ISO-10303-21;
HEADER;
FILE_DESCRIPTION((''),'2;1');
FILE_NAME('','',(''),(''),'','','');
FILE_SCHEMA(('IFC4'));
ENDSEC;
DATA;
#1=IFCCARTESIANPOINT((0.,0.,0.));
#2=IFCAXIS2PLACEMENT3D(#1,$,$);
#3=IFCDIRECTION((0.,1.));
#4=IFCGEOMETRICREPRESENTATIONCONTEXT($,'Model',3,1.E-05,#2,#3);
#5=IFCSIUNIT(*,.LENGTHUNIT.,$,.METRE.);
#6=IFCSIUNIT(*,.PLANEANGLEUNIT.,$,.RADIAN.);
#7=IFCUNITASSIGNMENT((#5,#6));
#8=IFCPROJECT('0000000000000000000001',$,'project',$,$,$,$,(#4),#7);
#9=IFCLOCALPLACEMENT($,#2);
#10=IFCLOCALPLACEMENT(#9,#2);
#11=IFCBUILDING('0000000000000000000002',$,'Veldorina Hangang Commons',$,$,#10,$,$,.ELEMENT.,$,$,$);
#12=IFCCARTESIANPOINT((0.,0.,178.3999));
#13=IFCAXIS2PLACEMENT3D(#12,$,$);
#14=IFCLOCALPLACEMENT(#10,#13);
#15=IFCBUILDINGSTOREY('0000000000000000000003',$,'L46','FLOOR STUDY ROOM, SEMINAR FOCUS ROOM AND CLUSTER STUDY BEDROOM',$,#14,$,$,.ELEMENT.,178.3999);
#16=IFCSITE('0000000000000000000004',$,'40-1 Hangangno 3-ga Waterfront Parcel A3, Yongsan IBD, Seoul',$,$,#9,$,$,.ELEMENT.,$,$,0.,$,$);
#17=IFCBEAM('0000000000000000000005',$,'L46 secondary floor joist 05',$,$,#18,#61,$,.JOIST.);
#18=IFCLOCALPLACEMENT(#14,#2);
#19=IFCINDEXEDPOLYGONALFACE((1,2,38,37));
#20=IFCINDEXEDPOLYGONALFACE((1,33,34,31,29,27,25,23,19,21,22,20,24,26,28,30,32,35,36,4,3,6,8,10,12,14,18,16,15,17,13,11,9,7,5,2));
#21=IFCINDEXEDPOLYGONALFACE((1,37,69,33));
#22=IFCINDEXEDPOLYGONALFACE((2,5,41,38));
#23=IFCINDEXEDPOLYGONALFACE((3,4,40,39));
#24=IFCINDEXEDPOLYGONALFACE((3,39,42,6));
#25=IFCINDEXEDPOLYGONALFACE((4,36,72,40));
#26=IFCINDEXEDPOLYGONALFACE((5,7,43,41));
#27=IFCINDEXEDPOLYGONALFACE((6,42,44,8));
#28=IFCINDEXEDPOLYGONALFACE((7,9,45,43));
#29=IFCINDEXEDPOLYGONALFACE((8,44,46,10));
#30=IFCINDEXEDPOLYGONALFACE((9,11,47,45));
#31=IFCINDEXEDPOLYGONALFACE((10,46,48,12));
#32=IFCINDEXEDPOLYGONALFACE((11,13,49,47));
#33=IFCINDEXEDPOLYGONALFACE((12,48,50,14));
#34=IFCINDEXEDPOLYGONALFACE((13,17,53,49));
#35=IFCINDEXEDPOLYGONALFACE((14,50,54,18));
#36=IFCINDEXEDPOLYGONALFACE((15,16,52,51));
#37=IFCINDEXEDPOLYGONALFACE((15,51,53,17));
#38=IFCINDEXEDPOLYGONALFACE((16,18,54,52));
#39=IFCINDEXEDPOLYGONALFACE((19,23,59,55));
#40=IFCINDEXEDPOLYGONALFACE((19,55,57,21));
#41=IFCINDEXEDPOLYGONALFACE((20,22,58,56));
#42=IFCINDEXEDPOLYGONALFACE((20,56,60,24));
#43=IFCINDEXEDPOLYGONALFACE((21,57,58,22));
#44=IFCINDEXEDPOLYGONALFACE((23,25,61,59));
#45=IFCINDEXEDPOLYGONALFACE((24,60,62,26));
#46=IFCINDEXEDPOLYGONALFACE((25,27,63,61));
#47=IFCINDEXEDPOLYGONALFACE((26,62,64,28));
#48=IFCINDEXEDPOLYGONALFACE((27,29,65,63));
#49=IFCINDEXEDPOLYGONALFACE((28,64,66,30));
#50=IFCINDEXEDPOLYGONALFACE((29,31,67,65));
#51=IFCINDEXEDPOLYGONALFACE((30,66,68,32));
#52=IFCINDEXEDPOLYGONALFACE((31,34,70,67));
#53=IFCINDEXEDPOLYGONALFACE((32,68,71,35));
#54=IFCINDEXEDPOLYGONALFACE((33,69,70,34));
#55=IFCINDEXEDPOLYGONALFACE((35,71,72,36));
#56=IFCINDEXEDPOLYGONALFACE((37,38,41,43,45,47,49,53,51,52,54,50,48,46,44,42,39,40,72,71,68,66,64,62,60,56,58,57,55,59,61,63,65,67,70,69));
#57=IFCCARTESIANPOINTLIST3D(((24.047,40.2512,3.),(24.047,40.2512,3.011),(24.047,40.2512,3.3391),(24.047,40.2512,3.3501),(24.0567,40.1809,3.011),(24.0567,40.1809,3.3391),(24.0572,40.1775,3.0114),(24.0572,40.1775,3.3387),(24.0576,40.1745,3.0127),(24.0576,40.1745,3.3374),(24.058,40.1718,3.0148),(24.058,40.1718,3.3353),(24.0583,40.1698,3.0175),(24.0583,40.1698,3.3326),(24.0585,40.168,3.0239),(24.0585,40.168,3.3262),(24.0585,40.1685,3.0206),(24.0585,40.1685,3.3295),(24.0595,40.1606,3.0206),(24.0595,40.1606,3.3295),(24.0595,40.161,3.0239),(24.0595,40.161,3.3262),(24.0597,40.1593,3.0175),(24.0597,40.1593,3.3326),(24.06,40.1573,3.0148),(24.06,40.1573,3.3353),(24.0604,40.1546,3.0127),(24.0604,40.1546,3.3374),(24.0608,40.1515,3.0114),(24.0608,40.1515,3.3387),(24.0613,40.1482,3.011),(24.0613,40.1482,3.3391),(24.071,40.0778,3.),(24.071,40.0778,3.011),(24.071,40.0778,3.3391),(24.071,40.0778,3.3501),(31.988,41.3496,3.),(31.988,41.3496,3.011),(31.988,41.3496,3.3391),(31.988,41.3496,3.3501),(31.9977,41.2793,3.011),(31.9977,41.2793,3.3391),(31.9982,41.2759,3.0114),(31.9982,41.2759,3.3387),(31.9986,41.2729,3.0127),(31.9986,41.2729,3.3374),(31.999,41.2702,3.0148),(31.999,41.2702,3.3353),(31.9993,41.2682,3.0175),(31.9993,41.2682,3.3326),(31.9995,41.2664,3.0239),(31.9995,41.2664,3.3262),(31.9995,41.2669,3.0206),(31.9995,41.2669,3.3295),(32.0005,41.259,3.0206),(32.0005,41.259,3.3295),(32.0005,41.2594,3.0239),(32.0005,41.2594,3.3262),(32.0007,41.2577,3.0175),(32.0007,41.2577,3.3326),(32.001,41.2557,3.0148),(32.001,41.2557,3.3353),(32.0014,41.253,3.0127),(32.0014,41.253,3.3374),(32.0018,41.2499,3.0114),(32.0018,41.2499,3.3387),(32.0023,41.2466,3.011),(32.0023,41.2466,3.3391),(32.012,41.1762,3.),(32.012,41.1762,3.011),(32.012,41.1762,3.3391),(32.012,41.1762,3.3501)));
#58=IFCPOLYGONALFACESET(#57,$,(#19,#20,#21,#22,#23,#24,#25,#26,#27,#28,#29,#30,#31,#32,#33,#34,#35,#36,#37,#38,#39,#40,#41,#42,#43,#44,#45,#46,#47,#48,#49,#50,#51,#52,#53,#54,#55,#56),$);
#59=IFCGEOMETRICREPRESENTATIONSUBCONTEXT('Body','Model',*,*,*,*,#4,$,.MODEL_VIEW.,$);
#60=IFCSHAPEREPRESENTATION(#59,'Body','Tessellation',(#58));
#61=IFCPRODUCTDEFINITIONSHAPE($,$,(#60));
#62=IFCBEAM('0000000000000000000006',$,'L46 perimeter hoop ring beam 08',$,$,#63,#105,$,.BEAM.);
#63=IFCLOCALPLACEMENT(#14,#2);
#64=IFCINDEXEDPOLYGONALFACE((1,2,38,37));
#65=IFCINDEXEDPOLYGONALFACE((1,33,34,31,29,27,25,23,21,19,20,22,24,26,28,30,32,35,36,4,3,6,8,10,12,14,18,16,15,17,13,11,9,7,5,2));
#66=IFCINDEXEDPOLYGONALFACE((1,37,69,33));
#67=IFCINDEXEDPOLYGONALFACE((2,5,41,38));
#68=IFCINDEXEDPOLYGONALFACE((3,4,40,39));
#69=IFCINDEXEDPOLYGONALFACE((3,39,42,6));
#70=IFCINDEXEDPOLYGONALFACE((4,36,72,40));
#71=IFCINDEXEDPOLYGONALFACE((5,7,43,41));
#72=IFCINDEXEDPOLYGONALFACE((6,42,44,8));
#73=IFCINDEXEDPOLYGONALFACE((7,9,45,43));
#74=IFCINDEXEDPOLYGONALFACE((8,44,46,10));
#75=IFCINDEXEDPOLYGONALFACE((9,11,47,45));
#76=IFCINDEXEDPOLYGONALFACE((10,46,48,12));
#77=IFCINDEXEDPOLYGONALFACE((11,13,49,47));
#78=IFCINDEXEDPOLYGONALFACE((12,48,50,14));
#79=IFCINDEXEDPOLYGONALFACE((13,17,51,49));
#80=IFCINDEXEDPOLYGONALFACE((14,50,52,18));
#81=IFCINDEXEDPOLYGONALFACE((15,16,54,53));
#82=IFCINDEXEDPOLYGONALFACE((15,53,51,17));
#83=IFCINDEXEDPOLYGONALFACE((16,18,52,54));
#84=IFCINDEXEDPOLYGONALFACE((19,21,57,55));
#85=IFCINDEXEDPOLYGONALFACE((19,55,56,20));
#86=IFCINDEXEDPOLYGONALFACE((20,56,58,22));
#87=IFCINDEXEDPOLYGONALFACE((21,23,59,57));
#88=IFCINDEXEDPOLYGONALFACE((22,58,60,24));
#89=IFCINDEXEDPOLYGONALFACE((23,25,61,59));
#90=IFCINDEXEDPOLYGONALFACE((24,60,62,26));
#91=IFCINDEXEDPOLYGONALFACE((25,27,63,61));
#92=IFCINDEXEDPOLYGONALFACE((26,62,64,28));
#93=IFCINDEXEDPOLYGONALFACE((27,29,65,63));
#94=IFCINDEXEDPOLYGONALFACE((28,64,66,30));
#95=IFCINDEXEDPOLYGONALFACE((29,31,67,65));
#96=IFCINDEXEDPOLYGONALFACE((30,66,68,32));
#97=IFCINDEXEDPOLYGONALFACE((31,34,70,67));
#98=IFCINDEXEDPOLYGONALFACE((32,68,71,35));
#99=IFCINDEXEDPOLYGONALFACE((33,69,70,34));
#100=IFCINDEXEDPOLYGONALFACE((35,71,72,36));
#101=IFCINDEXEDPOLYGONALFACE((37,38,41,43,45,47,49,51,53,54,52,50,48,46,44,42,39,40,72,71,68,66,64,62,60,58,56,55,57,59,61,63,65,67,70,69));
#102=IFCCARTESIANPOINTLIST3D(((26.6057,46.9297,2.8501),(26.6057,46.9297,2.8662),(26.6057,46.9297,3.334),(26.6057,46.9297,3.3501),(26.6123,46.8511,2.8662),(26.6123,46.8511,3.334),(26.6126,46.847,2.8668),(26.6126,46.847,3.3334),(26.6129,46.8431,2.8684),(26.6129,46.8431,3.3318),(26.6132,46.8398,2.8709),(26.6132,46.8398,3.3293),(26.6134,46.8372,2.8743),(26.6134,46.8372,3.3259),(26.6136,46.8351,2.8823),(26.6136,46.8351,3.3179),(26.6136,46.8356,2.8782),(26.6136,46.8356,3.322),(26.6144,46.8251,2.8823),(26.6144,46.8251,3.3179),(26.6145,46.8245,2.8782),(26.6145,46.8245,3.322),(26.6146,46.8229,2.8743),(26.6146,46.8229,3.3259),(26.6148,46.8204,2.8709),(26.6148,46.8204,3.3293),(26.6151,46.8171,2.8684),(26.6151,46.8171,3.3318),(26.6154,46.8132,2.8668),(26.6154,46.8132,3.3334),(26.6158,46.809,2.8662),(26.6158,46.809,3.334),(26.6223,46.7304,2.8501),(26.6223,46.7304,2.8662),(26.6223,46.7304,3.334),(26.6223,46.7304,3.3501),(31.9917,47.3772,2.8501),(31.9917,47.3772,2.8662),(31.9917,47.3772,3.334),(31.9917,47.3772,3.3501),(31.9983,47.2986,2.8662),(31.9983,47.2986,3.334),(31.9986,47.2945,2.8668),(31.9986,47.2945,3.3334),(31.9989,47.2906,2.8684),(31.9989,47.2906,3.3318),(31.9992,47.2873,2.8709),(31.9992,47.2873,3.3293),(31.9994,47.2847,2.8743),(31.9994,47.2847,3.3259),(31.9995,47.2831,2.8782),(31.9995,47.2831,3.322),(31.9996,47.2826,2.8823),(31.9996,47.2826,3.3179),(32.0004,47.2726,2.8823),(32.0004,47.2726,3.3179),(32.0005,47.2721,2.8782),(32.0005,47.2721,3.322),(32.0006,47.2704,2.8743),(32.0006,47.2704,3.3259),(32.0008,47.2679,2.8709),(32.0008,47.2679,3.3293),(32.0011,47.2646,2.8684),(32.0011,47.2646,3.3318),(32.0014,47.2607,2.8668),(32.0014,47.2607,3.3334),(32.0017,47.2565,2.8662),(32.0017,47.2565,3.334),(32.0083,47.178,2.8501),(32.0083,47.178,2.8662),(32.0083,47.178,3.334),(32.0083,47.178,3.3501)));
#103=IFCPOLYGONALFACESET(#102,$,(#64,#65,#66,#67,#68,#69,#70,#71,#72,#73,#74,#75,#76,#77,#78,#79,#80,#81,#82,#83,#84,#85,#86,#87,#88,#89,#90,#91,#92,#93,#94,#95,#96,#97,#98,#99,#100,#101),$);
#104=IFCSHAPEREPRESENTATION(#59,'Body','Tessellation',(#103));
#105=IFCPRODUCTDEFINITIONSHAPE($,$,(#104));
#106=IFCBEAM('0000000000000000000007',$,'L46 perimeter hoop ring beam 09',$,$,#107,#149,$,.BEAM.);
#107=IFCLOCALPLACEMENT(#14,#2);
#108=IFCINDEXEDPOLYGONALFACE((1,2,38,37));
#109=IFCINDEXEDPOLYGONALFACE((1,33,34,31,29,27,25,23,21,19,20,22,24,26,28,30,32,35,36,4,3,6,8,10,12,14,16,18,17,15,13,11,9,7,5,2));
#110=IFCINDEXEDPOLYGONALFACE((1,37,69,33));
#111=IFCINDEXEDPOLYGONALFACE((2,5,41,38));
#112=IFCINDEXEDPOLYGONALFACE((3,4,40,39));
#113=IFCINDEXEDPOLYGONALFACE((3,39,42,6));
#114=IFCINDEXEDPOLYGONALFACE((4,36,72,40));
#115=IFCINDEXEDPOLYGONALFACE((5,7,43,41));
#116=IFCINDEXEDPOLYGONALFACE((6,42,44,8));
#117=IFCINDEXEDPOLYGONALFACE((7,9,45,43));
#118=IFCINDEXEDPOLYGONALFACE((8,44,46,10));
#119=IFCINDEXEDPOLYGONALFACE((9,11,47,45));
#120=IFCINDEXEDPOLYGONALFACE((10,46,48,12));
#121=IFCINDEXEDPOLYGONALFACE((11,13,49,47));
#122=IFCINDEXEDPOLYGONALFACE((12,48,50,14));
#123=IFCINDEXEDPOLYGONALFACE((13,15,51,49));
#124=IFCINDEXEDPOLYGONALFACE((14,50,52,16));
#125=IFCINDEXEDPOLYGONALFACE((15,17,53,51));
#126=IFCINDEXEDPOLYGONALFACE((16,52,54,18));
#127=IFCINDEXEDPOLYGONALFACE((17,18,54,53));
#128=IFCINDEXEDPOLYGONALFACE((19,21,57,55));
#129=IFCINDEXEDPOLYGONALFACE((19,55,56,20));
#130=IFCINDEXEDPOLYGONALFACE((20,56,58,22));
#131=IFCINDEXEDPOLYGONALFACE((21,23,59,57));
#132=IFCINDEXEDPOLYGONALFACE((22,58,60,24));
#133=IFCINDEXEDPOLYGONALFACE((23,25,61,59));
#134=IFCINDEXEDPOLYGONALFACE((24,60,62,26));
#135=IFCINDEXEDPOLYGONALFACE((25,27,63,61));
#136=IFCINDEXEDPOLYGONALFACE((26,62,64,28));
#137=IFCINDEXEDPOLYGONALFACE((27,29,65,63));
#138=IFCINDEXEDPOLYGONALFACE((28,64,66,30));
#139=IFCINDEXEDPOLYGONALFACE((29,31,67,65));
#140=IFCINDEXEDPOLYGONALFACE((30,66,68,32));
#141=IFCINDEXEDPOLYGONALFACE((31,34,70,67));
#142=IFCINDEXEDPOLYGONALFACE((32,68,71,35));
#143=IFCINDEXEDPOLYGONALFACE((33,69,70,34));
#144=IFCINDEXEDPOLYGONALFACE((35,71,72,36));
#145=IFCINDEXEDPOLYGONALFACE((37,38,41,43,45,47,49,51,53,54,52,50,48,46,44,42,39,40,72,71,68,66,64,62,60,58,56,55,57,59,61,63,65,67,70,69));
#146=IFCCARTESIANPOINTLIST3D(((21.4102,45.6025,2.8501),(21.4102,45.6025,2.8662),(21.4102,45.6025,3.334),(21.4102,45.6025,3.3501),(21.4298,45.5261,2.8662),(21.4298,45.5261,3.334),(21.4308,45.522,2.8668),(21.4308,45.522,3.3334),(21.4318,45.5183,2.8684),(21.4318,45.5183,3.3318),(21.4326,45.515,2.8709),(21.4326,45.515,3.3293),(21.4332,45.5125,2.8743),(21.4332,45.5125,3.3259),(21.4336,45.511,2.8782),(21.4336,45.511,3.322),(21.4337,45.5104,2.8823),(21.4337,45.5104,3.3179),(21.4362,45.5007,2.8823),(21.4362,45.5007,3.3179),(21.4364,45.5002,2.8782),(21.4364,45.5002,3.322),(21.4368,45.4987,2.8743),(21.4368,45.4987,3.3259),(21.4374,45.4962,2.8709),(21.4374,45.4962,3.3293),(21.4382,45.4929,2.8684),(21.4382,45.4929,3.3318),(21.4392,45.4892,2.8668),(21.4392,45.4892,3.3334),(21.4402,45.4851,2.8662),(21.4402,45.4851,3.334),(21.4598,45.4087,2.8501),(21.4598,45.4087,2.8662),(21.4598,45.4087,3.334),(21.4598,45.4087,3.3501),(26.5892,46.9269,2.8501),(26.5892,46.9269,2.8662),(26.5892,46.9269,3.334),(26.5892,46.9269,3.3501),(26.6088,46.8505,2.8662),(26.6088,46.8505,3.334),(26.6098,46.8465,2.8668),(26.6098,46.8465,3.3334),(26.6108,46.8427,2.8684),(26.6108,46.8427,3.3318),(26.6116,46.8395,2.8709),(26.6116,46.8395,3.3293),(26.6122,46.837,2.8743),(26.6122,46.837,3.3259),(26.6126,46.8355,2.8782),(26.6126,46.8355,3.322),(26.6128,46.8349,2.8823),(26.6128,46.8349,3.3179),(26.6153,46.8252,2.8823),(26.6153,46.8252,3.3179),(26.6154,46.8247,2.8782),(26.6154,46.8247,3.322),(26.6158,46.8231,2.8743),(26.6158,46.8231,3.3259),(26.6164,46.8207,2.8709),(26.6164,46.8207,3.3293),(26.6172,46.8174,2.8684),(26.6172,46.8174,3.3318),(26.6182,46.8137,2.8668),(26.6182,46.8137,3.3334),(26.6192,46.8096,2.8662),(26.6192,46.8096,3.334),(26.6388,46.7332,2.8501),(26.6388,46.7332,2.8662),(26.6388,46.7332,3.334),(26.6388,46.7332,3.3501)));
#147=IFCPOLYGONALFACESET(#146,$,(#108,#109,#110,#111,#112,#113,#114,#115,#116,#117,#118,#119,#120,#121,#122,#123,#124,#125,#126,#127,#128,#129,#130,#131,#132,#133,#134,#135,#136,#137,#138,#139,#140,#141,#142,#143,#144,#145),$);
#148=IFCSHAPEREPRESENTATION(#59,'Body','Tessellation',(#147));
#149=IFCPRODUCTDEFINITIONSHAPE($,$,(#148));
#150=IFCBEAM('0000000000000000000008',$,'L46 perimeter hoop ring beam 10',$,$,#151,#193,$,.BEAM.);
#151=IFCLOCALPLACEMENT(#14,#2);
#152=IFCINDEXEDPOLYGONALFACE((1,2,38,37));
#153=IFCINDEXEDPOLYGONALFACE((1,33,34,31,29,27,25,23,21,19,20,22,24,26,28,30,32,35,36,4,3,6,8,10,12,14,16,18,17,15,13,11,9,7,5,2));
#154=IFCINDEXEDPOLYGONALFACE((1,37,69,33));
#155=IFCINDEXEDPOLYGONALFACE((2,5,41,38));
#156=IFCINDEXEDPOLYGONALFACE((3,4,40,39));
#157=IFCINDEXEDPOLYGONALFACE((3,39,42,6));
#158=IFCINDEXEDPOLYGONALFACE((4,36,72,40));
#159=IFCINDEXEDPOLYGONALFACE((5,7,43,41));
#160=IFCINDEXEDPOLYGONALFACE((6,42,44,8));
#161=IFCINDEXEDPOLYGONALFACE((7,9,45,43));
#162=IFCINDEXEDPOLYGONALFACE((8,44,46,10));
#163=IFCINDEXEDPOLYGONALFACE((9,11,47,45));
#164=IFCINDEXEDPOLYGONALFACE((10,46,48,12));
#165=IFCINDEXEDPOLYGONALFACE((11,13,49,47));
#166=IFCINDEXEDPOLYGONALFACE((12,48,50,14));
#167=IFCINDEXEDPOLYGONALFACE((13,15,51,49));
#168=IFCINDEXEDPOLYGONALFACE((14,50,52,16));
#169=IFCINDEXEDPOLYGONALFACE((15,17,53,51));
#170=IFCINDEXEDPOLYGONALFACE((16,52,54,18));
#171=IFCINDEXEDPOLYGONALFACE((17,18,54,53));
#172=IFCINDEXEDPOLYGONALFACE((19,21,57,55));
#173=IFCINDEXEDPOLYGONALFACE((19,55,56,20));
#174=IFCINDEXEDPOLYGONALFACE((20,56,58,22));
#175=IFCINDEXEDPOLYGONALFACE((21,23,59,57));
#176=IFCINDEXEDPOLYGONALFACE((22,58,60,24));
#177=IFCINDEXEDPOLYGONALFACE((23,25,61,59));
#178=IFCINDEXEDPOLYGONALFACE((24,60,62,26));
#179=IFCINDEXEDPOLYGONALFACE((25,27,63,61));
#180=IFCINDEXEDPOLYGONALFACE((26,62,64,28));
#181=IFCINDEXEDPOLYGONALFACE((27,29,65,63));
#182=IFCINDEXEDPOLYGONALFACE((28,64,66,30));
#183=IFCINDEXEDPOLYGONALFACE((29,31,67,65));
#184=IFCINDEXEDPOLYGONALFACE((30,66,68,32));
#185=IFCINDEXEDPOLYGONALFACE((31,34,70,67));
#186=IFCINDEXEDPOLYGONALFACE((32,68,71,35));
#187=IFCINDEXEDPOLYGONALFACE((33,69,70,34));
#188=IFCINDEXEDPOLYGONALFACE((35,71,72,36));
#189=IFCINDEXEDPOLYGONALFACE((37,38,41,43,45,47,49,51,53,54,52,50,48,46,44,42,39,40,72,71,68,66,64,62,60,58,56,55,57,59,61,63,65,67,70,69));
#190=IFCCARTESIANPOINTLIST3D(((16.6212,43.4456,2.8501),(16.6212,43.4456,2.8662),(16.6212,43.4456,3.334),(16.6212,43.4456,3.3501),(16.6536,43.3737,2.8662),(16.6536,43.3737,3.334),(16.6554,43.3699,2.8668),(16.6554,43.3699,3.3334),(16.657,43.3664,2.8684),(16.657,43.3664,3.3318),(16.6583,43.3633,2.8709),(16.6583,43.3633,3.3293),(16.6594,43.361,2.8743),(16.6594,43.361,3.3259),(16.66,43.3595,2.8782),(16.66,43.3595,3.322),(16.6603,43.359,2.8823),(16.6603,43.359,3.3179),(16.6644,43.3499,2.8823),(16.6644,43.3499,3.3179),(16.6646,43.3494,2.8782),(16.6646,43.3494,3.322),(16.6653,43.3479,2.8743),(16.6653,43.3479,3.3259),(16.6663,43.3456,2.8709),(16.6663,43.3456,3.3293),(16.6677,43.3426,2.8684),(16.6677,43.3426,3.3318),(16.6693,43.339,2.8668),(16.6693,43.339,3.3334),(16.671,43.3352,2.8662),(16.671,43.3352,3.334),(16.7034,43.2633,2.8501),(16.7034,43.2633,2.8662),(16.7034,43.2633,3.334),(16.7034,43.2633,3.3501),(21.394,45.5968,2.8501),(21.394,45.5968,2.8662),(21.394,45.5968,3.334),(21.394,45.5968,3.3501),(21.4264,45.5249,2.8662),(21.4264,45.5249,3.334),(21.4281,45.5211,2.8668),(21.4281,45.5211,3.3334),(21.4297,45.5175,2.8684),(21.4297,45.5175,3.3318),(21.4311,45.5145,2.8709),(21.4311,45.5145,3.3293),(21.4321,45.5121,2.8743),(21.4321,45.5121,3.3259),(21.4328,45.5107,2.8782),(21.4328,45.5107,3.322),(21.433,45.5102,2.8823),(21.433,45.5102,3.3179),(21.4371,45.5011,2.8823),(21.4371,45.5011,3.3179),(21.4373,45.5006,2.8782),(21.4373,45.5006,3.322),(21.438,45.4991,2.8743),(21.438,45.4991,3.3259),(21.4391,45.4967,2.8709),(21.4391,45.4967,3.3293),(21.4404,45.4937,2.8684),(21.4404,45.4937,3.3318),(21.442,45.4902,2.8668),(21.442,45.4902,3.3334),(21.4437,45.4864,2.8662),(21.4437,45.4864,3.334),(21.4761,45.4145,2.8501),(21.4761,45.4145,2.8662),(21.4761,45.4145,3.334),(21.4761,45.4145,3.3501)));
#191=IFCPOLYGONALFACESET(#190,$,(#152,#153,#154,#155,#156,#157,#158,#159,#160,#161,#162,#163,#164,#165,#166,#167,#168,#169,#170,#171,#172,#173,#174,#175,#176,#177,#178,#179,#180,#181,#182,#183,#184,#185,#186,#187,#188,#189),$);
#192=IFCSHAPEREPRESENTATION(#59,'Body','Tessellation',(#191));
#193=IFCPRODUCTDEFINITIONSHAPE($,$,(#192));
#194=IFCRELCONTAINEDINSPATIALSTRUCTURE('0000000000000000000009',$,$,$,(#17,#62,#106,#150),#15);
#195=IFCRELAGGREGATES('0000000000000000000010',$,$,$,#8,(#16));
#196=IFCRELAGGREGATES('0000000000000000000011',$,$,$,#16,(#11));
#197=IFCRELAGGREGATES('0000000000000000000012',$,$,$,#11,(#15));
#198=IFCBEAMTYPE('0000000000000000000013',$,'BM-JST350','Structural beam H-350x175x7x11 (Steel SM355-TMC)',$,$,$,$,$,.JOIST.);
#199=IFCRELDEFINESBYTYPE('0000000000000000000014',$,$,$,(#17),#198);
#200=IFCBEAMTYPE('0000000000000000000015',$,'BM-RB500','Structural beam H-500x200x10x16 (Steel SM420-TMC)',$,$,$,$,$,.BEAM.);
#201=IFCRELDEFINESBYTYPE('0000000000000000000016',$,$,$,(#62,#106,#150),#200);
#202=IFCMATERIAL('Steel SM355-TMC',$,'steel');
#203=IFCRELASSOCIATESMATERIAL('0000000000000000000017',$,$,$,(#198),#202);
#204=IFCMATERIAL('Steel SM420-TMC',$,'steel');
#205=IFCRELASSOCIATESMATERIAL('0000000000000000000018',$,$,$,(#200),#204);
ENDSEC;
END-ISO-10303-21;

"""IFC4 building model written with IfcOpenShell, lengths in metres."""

from ifc_helpers import new_model, si_unit, direction, frame, origin, origin_2d, place, context, subcontext, project, spatial, i_section, extrude, material, material_profile, profile_set, type_object, element, save


model = new_model("IFC4")

# Units and contexts
model_context = context("Model", 3, precision=1e-05, world=origin(), true_north=direction((0.0, 1.0)))
body_context = subcontext(model_context, "Body", "Model", "MODEL_VIEW")
ifc_project = project(units=[si_unit("LENGTHUNIT", "METRE"), si_unit("PLANEANGLEUNIT", "RADIAN")], contexts=[model_context])

# Site, building, storey
site_placement = place(None, origin())
site = spatial("IfcSite", under=ifc_project, at=site_placement, Name="40-1 Hangangno 3-ga Waterfront Parcel A3, Yongsan IBD, Seoul", CompositionType="ELEMENT", RefElevation=0.0)
building_placement = place(site_placement, origin())
building = spatial("IfcBuilding", under=site, at=building_placement, Name="Veldorina Hangang Commons", CompositionType="ELEMENT")
storey_placement = place(building_placement, frame((0.0, 0.0, 178.3999)))
storey = spatial("IfcBuildingStorey", under=building, at=storey_placement, Name="L46", Description="FLOOR STUDY ROOM, SEMINAR FOCUS ROOM AND CLUSTER STUDY BEDROOM", CompositionType="ELEMENT", Elevation=178.3999)

# Beams
ifc_material_1 = material(Name="Steel SM355-TMC", Category="steel")
ifc_material_profile_1 = material_profile(ifc_material_1, i_section(OverallWidth=0.175, OverallDepth=0.3501, WebThickness=0.0071, FlangeThickness=0.011, FilletRadius=0.0129, at=origin_2d()), Name="H-350x175x7x11")
ifc_profile_set_1 = profile_set([ifc_material_profile_1], Name="Steel SM355-TMC")
beam_type_1 = type_object("IfcBeamType", Name="BM-JST350", Description="Structural beam H-350x175x7x11 (Steel SM355-TMC)", PredefinedType="JOIST", material=ifc_profile_set_1)
beam_1_placement = place(storey_placement, frame((32.0, 41.2629, 3.175), z_axis=(-0.990569, -0.137016, 0.0), x_axis=(0.137016, -0.990569, 0.0)))
element("IfcBeam", 1, at=beam_1_placement, inside=storey, type_object=beam_type_1, Name="L46 secondary floor joist 05", PredefinedType="JOIST", context=body_context, shape_type="SweptSolid", body=[
    extrude(i_section(OverallWidth=0.175, OverallDepth=0.3501, WebThickness=0.0071, FlangeThickness=0.011, FilletRadius=0.0129, at=origin_2d()), origin(), (0.0, 0.0, 1.0), 8.0166),
])
ifc_material_2 = material(Name="Steel SM420-TMC", Category="steel")
ifc_material_profile_2 = material_profile(ifc_material_2, i_section(OverallWidth=0.2, OverallDepth=0.5, WebThickness=0.01, FlangeThickness=0.0161, FilletRadius=0.0161, at=origin_2d()), Name="H-500x200x10x16")
ifc_profile_set_2 = profile_set([ifc_material_profile_2], Name="Steel SM420-TMC")
beam_type_2 = type_object("IfcBeamType", Name="BM-RB500", Description="Structural beam H-500x200x10x16 (Steel SM420-TMC)", PredefinedType="BEAM", material=ifc_profile_set_2)
beam_2_placement = place(storey_placement, frame((32.0, 47.2776, 3.1001), z_axis=(-0.996566, -0.082802, 0.0), x_axis=(0.082802, -0.996566, 0.0)))
element("IfcBeam", 2, at=beam_2_placement, inside=storey, type_object=beam_type_2, Name="L46 perimeter hoop ring beam 08", PredefinedType="BEAM", context=body_context, shape_type="SweptSolid", body=[
    extrude(i_section(OverallWidth=0.2, OverallDepth=0.5, WebThickness=0.01, FlangeThickness=0.0161, FilletRadius=0.0161, at=origin_2d()), origin(), (0.0, 0.0, 1.0), 5.4045),
])
beam_3_placement = place(storey_placement, frame((26.614, 46.8301, 3.1001), z_axis=(-0.96882, -0.247765, 0.0), x_axis=(0.247765, -0.96882, 0.0)))
element("IfcBeam", 3, at=beam_3_placement, inside=storey, type_object=beam_type_2, Name="L46 perimeter hoop ring beam 09", PredefinedType="BEAM", context=body_context, shape_type="SweptSolid", body=[
    extrude(i_section(OverallWidth=0.2, OverallDepth=0.5, WebThickness=0.01, FlangeThickness=0.0161, FilletRadius=0.0161, at=origin_2d()), origin(), (0.0, 0.0, 1.0), 5.3457),
])
beam_4_placement = place(storey_placement, frame((21.4351, 45.5056, 3.1001), z_axis=(-0.911678, -0.410906, 0.0), x_axis=(0.410906, -0.911678, 0.0)))
element("IfcBeam", 4, at=beam_4_placement, inside=storey, type_object=beam_type_2, Name="L46 perimeter hoop ring beam 10", PredefinedType="BEAM", context=body_context, shape_type="SweptSolid", body=[
    extrude(i_section(OverallWidth=0.2, OverallDepth=0.5, WebThickness=0.01, FlangeThickness=0.0161, FilletRadius=0.0161, at=origin_2d()), origin(), (0.0, 0.0, 1.0), 5.2351),
])

save(model, "model.ifc")
